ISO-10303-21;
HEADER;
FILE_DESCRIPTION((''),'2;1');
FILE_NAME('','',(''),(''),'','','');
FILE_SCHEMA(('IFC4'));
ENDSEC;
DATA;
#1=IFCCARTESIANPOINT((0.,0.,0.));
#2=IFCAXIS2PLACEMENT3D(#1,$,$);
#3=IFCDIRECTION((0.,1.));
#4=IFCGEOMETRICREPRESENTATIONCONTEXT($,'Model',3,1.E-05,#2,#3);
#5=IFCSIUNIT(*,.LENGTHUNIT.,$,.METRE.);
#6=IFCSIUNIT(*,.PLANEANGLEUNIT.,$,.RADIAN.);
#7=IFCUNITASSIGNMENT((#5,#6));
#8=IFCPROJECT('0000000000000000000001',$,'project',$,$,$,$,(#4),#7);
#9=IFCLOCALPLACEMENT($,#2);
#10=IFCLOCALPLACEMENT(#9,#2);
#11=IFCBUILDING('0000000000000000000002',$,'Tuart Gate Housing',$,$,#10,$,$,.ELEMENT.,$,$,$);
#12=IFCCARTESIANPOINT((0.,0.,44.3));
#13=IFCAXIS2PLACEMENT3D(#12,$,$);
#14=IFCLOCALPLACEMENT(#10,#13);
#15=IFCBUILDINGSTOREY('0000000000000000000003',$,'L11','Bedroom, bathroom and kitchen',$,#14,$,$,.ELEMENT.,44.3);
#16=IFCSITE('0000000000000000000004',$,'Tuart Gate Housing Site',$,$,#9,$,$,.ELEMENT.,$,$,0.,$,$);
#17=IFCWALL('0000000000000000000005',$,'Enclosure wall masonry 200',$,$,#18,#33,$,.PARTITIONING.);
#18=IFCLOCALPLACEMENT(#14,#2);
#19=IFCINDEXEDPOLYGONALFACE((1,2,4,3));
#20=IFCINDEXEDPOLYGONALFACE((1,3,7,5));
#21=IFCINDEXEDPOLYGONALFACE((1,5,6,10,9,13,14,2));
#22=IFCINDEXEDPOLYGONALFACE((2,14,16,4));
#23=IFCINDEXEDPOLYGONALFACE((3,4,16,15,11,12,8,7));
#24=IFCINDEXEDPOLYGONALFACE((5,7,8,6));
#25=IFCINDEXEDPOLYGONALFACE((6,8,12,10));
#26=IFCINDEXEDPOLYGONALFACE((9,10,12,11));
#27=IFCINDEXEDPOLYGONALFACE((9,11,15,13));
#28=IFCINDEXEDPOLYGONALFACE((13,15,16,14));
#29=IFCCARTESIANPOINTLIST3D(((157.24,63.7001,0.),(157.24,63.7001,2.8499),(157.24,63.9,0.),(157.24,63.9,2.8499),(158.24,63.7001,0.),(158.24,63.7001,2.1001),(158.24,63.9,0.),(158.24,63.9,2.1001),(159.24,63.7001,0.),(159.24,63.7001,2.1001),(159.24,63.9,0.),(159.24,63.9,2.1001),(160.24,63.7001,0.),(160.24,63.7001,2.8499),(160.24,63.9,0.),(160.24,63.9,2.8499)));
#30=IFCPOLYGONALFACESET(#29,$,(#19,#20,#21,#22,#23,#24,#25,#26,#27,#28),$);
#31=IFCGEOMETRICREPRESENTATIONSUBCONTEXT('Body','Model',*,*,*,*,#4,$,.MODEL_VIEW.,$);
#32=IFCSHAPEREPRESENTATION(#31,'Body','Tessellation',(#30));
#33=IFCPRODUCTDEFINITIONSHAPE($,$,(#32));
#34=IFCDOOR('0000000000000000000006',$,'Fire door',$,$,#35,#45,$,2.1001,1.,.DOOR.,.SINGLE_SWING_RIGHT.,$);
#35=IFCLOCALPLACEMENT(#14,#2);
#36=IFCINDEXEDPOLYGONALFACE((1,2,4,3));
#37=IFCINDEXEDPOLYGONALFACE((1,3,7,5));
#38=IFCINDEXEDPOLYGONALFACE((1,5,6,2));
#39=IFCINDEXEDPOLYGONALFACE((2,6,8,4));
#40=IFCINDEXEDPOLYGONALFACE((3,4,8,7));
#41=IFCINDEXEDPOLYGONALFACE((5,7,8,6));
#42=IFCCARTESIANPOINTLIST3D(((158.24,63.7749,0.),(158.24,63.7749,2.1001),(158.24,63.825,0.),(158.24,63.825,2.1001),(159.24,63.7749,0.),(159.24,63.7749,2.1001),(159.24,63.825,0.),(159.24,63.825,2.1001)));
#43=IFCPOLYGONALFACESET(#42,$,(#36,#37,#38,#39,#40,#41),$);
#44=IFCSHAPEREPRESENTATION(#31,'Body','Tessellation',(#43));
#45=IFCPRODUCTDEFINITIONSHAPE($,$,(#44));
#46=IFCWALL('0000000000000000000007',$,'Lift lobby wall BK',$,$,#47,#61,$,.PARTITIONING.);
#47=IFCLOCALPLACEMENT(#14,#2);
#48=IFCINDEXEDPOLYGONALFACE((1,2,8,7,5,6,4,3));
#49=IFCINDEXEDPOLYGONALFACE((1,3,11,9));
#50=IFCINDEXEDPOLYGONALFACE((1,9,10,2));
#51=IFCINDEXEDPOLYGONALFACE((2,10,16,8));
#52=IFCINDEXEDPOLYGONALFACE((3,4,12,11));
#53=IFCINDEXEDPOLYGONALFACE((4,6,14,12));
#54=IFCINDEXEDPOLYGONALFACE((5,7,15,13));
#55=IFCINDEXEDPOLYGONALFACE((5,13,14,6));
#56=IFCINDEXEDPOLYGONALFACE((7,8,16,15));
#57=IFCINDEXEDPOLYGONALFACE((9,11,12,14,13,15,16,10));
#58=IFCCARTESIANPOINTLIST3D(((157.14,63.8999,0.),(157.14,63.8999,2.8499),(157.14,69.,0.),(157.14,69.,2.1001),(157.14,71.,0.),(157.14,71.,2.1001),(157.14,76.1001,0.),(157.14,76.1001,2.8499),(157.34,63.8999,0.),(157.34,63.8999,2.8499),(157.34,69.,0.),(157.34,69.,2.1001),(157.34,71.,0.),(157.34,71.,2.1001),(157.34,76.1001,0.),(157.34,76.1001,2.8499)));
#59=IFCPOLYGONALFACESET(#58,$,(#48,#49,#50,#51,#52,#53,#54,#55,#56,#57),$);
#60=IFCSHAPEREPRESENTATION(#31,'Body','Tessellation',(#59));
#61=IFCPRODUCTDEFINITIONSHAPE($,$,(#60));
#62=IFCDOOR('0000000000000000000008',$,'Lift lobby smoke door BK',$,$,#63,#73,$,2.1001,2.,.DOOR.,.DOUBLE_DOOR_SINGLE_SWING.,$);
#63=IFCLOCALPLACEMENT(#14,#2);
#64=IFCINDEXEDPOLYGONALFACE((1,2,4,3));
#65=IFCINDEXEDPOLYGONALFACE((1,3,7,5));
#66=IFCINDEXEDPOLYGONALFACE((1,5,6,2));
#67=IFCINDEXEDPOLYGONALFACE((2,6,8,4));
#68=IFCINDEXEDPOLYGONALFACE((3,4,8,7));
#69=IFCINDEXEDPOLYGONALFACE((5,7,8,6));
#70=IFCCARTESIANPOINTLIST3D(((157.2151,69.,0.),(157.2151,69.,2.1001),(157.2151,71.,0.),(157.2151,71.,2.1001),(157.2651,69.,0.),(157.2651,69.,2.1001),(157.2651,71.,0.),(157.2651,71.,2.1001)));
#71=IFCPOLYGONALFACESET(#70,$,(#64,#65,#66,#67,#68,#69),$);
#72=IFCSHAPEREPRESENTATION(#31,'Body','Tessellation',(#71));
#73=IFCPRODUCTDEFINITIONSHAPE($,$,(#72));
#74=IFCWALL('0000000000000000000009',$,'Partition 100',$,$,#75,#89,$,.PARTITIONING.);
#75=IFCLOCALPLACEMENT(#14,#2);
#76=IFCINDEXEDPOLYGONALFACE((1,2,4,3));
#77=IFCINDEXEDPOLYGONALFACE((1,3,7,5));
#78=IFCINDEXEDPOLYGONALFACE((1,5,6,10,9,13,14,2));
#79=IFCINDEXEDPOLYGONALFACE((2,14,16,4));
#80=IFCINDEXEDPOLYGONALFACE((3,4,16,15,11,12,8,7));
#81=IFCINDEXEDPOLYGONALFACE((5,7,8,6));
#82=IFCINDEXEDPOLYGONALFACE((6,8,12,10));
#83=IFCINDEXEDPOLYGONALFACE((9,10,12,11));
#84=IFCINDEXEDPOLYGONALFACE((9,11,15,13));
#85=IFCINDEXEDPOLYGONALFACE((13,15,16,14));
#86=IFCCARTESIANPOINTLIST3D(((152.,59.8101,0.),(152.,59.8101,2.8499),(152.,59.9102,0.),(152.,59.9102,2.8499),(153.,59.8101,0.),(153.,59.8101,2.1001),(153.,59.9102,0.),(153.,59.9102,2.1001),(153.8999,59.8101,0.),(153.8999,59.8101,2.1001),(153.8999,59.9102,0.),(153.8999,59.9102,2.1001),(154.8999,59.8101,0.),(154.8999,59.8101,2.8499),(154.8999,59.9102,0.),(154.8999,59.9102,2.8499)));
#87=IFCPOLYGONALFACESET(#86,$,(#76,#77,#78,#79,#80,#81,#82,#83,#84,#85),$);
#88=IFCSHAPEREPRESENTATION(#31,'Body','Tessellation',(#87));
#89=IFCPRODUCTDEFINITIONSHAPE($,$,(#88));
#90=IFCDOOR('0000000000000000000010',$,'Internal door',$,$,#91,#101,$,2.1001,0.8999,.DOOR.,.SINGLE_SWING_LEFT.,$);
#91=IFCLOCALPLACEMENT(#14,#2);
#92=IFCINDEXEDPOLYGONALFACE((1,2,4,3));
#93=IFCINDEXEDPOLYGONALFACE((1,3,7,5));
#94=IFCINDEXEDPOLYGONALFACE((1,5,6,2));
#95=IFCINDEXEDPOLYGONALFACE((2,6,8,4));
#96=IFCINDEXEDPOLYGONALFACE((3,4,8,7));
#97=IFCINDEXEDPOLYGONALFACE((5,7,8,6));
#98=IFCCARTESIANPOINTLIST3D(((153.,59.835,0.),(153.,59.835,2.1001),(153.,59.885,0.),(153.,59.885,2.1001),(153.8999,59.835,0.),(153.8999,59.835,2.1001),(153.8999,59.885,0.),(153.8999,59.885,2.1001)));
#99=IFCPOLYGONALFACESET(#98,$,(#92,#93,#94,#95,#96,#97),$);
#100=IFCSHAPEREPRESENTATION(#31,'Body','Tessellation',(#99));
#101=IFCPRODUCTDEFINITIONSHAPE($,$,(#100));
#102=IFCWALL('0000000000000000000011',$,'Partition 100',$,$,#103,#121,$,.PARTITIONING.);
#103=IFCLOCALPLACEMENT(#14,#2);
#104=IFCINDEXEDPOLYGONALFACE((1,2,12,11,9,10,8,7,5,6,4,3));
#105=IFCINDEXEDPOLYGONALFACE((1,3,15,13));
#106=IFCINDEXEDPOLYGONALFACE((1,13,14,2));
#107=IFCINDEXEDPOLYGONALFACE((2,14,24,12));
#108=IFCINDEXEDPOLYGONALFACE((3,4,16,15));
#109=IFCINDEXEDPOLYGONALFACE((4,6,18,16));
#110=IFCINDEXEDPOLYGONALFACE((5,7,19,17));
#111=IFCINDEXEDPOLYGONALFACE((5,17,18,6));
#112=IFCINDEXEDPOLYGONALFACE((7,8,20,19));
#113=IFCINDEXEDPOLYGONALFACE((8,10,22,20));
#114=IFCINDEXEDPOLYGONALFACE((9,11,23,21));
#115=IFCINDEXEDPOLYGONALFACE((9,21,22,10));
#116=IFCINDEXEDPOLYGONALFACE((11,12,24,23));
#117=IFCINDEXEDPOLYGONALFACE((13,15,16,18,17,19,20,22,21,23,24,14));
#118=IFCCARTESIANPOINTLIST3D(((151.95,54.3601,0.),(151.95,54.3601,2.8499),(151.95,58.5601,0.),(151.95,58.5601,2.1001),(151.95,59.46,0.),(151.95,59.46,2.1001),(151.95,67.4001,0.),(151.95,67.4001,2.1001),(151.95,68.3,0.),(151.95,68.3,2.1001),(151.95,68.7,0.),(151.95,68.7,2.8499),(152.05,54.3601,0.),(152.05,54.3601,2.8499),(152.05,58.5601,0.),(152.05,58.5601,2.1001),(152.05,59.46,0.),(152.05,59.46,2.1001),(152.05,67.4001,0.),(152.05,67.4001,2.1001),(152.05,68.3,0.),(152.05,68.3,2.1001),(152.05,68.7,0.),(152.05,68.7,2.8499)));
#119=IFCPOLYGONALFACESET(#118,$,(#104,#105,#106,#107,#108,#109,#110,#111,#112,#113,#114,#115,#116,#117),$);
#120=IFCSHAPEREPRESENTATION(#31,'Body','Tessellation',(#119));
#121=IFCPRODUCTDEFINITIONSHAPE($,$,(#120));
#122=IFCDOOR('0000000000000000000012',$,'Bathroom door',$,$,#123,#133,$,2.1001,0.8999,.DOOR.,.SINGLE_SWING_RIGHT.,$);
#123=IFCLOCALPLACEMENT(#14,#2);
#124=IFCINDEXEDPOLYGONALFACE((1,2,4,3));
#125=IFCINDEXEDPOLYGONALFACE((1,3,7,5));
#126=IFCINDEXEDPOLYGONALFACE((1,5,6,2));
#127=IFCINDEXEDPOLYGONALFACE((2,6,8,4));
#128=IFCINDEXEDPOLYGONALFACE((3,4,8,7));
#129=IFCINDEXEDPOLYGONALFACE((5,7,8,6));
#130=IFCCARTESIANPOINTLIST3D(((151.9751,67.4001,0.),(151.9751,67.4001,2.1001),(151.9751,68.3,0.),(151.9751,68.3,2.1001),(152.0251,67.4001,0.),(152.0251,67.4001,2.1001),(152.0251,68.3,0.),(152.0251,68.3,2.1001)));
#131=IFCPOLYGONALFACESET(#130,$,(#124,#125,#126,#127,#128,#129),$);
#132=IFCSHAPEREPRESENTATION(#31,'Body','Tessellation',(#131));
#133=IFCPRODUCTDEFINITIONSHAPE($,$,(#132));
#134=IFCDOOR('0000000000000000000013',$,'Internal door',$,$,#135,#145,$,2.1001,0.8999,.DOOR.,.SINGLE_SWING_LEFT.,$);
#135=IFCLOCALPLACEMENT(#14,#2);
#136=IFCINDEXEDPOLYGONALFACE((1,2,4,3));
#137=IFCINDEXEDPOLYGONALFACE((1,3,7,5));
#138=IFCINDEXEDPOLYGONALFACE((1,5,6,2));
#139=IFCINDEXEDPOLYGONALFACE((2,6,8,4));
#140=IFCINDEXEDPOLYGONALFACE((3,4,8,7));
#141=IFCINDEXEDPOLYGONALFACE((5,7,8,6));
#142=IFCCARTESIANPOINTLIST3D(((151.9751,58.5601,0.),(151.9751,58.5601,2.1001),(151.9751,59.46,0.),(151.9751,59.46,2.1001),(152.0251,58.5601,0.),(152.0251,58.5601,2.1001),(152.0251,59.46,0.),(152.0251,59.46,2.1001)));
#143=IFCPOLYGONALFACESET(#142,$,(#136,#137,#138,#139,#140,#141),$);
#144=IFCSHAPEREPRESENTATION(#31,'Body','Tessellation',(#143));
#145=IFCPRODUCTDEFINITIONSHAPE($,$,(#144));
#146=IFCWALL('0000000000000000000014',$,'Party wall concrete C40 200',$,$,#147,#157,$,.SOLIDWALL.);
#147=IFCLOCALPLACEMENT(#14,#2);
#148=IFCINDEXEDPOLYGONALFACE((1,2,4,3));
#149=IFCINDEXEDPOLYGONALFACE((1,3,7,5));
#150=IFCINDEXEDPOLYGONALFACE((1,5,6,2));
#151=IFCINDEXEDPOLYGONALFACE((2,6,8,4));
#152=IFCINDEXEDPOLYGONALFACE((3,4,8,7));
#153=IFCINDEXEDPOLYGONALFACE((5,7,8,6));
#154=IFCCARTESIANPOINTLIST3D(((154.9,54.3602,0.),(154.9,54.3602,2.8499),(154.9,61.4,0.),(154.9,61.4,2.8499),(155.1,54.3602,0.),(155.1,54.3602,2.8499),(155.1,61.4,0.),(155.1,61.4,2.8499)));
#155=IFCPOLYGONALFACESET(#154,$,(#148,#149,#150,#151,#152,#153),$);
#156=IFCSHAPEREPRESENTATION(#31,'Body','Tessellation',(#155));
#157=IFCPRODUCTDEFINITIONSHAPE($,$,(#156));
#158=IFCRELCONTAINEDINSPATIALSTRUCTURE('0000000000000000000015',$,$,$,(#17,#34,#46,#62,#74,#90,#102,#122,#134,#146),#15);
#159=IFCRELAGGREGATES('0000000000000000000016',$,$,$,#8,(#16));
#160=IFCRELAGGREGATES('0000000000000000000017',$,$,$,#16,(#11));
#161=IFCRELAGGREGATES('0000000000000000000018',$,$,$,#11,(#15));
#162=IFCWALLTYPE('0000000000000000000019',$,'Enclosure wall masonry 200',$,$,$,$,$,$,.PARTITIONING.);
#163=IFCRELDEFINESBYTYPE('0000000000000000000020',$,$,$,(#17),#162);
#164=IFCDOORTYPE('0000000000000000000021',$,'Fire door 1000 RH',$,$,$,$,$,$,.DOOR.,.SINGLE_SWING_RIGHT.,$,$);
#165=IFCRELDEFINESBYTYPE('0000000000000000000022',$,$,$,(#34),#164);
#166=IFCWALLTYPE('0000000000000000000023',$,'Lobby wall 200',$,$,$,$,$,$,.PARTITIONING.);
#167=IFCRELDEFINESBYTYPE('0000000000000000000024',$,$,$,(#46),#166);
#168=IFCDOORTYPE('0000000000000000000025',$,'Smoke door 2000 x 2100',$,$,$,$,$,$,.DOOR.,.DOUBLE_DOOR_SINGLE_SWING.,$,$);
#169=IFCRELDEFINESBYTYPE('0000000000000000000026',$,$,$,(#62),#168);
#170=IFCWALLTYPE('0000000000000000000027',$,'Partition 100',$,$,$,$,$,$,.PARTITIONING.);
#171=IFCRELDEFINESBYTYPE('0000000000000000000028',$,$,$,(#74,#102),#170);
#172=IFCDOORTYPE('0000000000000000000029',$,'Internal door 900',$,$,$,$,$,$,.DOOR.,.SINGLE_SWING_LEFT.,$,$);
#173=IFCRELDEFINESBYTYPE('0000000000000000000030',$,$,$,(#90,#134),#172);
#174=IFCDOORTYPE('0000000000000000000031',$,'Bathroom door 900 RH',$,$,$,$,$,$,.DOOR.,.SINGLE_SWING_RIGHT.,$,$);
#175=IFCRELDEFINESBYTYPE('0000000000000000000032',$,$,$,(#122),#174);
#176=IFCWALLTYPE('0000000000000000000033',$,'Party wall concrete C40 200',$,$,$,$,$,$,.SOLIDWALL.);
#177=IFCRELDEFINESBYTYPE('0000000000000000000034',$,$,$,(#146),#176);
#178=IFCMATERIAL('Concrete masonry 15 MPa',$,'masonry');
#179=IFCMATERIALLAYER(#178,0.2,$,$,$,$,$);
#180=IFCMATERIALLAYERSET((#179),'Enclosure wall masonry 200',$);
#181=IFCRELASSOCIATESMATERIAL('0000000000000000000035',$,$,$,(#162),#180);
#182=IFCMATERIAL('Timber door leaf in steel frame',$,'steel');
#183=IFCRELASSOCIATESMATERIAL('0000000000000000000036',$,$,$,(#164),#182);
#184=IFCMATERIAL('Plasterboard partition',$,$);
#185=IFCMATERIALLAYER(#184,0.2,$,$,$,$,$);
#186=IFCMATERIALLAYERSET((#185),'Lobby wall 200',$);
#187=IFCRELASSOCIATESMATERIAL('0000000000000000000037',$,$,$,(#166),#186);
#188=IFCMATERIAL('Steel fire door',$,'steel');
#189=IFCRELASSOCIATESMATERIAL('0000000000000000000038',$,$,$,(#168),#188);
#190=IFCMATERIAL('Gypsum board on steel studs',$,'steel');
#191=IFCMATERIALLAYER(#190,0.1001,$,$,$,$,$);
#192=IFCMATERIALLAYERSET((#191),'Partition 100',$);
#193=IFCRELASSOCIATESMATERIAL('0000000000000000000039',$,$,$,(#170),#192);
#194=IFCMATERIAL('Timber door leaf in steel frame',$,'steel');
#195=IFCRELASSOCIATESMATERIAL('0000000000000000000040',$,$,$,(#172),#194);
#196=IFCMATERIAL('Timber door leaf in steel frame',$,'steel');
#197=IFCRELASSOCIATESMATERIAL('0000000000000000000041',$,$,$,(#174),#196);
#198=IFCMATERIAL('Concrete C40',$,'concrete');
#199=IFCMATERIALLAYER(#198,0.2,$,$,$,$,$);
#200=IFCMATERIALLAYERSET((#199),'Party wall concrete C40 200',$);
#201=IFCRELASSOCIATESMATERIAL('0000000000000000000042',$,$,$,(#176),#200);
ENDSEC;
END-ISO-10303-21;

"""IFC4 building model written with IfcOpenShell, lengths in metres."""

from ifc_helpers import new_model, si_unit, direction, frame, frame_2d, origin, place, context, subcontext, project, spatial, rectangle, extrude, material, layer, layer_set, type_object, element, fill, save


model = new_model("IFC4")

# Units and contexts
model_context = context("Model", 3, precision=1e-05, world=origin(), true_north=direction((0.0, 1.0)))
body_context = subcontext(model_context, "Body", "Model", "MODEL_VIEW")
ifc_project = project(units=[si_unit("LENGTHUNIT", "METRE"), si_unit("PLANEANGLEUNIT", "RADIAN")], contexts=[model_context])

# Site, building, storey
site_placement = place(None, origin())
site = spatial("IfcSite", under=ifc_project, at=site_placement, Name="Tuart Gate Housing Site", CompositionType="ELEMENT", RefElevation=0.0)
building_placement = place(site_placement, origin())
building = spatial("IfcBuilding", under=site, at=building_placement, Name="Tuart Gate Housing", CompositionType="ELEMENT")
storey_placement = place(building_placement, frame((0.0, 0.0, 44.3)))
storey = spatial("IfcBuildingStorey", under=building, at=storey_placement, Name="L11", Description="Bedroom, bathroom and kitchen", CompositionType="ELEMENT", Elevation=44.3)

# Walls, openings, doors
ifc_material_1 = material(Name="Concrete masonry 15 MPa", Category="masonry")
ifc_layer_1 = layer(ifc_material_1, 0.2)
ifc_layer_set_1 = layer_set([ifc_layer_1], Name="Enclosure wall masonry 200")
wall_type_1 = type_object("IfcWallType", Name="Enclosure wall masonry 200", PredefinedType="PARTITIONING", material=ifc_layer_set_1)
wall_1_placement = place(storey_placement, frame((157.24, 63.8, 0.0), z_axis=(0.0, 0.0, 1.0), x_axis=(1.0, 0.0, 0.0)))
wall_1 = element("IfcWall", 1, at=wall_1_placement, inside=storey, type_object=wall_type_1, Name="Enclosure wall masonry 200", PredefinedType="PARTITIONING", context=body_context, shape_type="SweptSolid", body=[
    extrude(rectangle(XDim=3.0, YDim=0.2, at=frame_2d((1.5, 0.0))), origin(), (0.0, 0.0, 1.0), 2.8499),
])
opening_1_placement = place(wall_1_placement, frame((1.0, 0.0, 0.0)))
opening_1 = element("IfcOpeningElement", 2, at=opening_1_placement, cuts=wall_1, PredefinedType="OPENING", context=body_context, shape_type="SweptSolid", body=[
    extrude(rectangle(XDim=1.0, YDim=2.1001, at=frame_2d((0.5, 1.05))), frame((0.0, 0.1099, 0.0), z_axis=(0.0, -1.0, 0.0), x_axis=(1.0, 0.0, 0.0)), (0.0, 0.0, 1.0), 0.22),
])
ifc_material_2 = material(Name="Timber door leaf in steel frame", Category="steel")
door_type_1 = type_object("IfcDoorType", Name="Fire door 1000 RH", OperationType="SINGLE_SWING_RIGHT", PredefinedType="DOOR", material=ifc_material_2)
door_1_placement = place(opening_1_placement, frame((1.0, 0.0, 0.0), z_axis=(0.0, 0.0, 1.0), x_axis=(-1.0, 0.0, 0.0)))
door_1 = element("IfcDoor", 3, at=door_1_placement, inside=storey, type_object=door_type_1, Name="Fire door", OperationType="SINGLE_SWING_RIGHT", OverallHeight=2.1001, OverallWidth=1.0, PredefinedType="DOOR", context=body_context, shape_type="SweptSolid", body=[
    extrude(rectangle(XDim=1.0, YDim=2.1001, at=frame_2d((0.5, 1.05))), frame((0.0, 0.0251, 0.0), z_axis=(0.0, -1.0, 0.0), x_axis=(1.0, 0.0, 0.0)), (0.0, 0.0, 1.0), 0.05),
])
fill(opening_1, door_1)
ifc_material_3 = material(Name="Plasterboard partition")
ifc_layer_2 = layer(ifc_material_3, 0.2)
ifc_layer_set_2 = layer_set([ifc_layer_2], Name="Lobby wall 200")
wall_type_2 = type_object("IfcWallType", Name="Lobby wall 200", PredefinedType="PARTITIONING", material=ifc_layer_set_2)
wall_2_placement = place(storey_placement, frame((157.24, 63.8999, 0.0), z_axis=(0.0, 0.0, 1.0), x_axis=(0.0, 1.0, 0.0)))
wall_2 = element("IfcWall", 4, at=wall_2_placement, inside=storey, type_object=wall_type_2, Name="Lift lobby wall BK", PredefinedType="PARTITIONING", context=body_context, shape_type="SweptSolid", body=[
    extrude(rectangle(XDim=12.2002, YDim=0.2, at=frame_2d((6.1001, 0.0))), origin(), (0.0, 0.0, 1.0), 2.8499),
])
opening_2_placement = place(wall_2_placement, frame((5.1001, 0.0, 0.0)))
opening_2 = element("IfcOpeningElement", 5, at=opening_2_placement, cuts=wall_2, PredefinedType="OPENING", context=body_context, shape_type="SweptSolid", body=[
    extrude(rectangle(XDim=2.0, YDim=2.1001, at=frame_2d((1.0, 1.05))), frame((0.0, 0.1099, 0.0), z_axis=(0.0, -1.0, 0.0), x_axis=(1.0, 0.0, 0.0)), (0.0, 0.0, 1.0), 0.22),
])
ifc_material_4 = material(Name="Steel fire door", Category="steel")
door_type_2 = type_object("IfcDoorType", Name="Smoke door 2000 x 2100", OperationType="DOUBLE_DOOR_SINGLE_SWING", PredefinedType="DOOR", material=ifc_material_4)
door_2_placement = place(opening_2_placement, frame((2.0, 0.0, 0.0), z_axis=(0.0, 0.0, 1.0), x_axis=(-1.0, 0.0, 0.0)))
door_2 = element("IfcDoor", 6, at=door_2_placement, inside=storey, type_object=door_type_2, Name="Lift lobby smoke door BK", OperationType="DOUBLE_DOOR_SINGLE_SWING", OverallHeight=2.1001, OverallWidth=2.0, PredefinedType="DOOR", context=body_context, shape_type="SweptSolid", body=[
    extrude(rectangle(XDim=2.0, YDim=2.1001, at=frame_2d((1.0, 1.05))), frame((0.0, 0.0251, 0.0), z_axis=(0.0, -1.0, 0.0), x_axis=(1.0, 0.0, 0.0)), (0.0, 0.0, 1.0), 0.05),
])
fill(opening_2, door_2)
ifc_material_5 = material(Name="Gypsum board on steel studs", Category="steel")
ifc_layer_3 = layer(ifc_material_5, 0.1001)
ifc_layer_set_3 = layer_set([ifc_layer_3], Name="Partition 100")
wall_type_3 = type_object("IfcWallType", Name="Partition 100", PredefinedType="PARTITIONING", material=ifc_layer_set_3)
wall_3_placement = place(storey_placement, frame((152.0, 59.8601, 0.0), z_axis=(0.0, 0.0, 1.0), x_axis=(1.0, 0.0, 0.0)))
wall_3 = element("IfcWall", 7, at=wall_3_placement, inside=storey, type_object=wall_type_3, Name="Partition 100", PredefinedType="PARTITIONING", context=body_context, shape_type="SweptSolid", body=[
    extrude(rectangle(XDim=2.8999, YDim=0.1001, at=frame_2d((1.45, 0.0))), origin(), (0.0, 0.0, 1.0), 2.8499),
])
opening_3_placement = place(wall_3_placement, frame((1.0, 0.0, 0.0)))
opening_3 = element("IfcOpeningElement", 8, at=opening_3_placement, cuts=wall_3, PredefinedType="OPENING", context=body_context, shape_type="SweptSolid", body=[
    extrude(rectangle(XDim=0.8999, YDim=2.1001, at=frame_2d((0.45, 1.05))), frame((0.0, 0.0601, 0.0), z_axis=(0.0, -1.0, 0.0), x_axis=(1.0, 0.0, 0.0)), (0.0, 0.0, 1.0), 0.1201),
])
ifc_material_6 = material(Name="Timber door leaf in steel frame", Category="steel")
door_type_3 = type_object("IfcDoorType", Name="Internal door 900", OperationType="SINGLE_SWING_LEFT", PredefinedType="DOOR", material=ifc_material_6)
door_3_placement = place(opening_3_placement, origin())
door_3 = element("IfcDoor", 9, at=door_3_placement, inside=storey, type_object=door_type_3, Name="Internal door", OperationType="SINGLE_SWING_LEFT", OverallHeight=2.1001, OverallWidth=0.8999, PredefinedType="DOOR", context=body_context, shape_type="SweptSolid", body=[
    extrude(rectangle(XDim=0.8999, YDim=2.1001, at=frame_2d((0.45, 1.05))), frame((0.0, 0.0249, 0.0), z_axis=(0.0, -1.0, 0.0), x_axis=(1.0, 0.0, 0.0)), (0.0, 0.0, 1.0), 0.05),
])
fill(opening_3, door_3)

# Wall, openings, doors
wall_4_placement = place(storey_placement, frame((152.0, 54.3601, 0.0), z_axis=(0.0, 0.0, 1.0), x_axis=(0.0, 1.0, 0.0)))
wall_4 = element("IfcWall", 10, at=wall_4_placement, inside=storey, type_object=wall_type_3, Name="Partition 100", PredefinedType="PARTITIONING", context=body_context, shape_type="SweptSolid", body=[
    extrude(rectangle(XDim=14.3398, YDim=0.1001, at=frame_2d((7.1699, 0.0))), origin(), (0.0, 0.0, 1.0), 2.8499),
])
opening_4_placement = place(wall_4_placement, frame((4.2, 0.0, 0.0)))
opening_4 = element("IfcOpeningElement", 11, at=opening_4_placement, cuts=wall_4, PredefinedType="OPENING", context=body_context, shape_type="SweptSolid", body=[
    extrude(rectangle(XDim=0.8999, YDim=2.1001, at=frame_2d((0.45, 1.05))), frame((0.0, 0.0601, 0.0), z_axis=(0.0, -1.0, 0.0), x_axis=(1.0, 0.0, 0.0)), (0.0, 0.0, 1.0), 0.1201),
])
opening_5_placement = place(wall_4_placement, frame((13.04, 0.0, 0.0)))
opening_5 = element("IfcOpeningElement", 12, at=opening_5_placement, cuts=wall_4, PredefinedType="OPENING", context=body_context, shape_type="SweptSolid", body=[
    extrude(rectangle(XDim=0.8999, YDim=2.1001, at=frame_2d((0.45, 1.05))), frame((0.0, 0.0601, 0.0), z_axis=(0.0, -1.0, 0.0), x_axis=(1.0, 0.0, 0.0)), (0.0, 0.0, 1.0), 0.1201),
])
ifc_material_7 = material(Name="Timber door leaf in steel frame", Category="steel")
door_type_4 = type_object("IfcDoorType", Name="Bathroom door 900 RH", OperationType="SINGLE_SWING_RIGHT", PredefinedType="DOOR", material=ifc_material_7)
door_4_placement = place(opening_5_placement, origin())
door_4 = element("IfcDoor", 13, at=door_4_placement, inside=storey, type_object=door_type_4, Name="Bathroom door", OperationType="SINGLE_SWING_RIGHT", OverallHeight=2.1001, OverallWidth=0.8999, PredefinedType="DOOR", context=body_context, shape_type="SweptSolid", body=[
    extrude(rectangle(XDim=0.8999, YDim=2.1001, at=frame_2d((0.45, 1.05))), frame((0.0, 0.0249, 0.0), z_axis=(0.0, -1.0, 0.0), x_axis=(1.0, 0.0, 0.0)), (0.0, 0.0, 1.0), 0.05),
])
fill(opening_5, door_4)
door_5_placement = place(opening_4_placement, origin())
door_5 = element("IfcDoor", 14, at=door_5_placement, inside=storey, type_object=door_type_3, Name="Internal door", OperationType="SINGLE_SWING_LEFT", OverallHeight=2.1001, OverallWidth=0.8999, PredefinedType="DOOR", context=body_context, shape_type="SweptSolid", body=[
    extrude(rectangle(XDim=0.8999, YDim=2.1001, at=frame_2d((0.45, 1.05))), frame((0.0, 0.0249, 0.0), z_axis=(0.0, -1.0, 0.0), x_axis=(1.0, 0.0, 0.0)), (0.0, 0.0, 1.0), 0.05),
])
fill(opening_4, door_5)

# Wall
ifc_material_8 = material(Name="Concrete C40", Category="concrete")
ifc_layer_4 = layer(ifc_material_8, 0.2)
ifc_layer_set_4 = layer_set([ifc_layer_4], Name="Party wall concrete C40 200")
wall_type_4 = type_object("IfcWallType", Name="Party wall concrete C40 200", PredefinedType="SOLIDWALL", material=ifc_layer_set_4)
wall_5_placement = place(storey_placement, frame((155.0, 54.3601, 0.0), z_axis=(0.0, 0.0, 1.0), x_axis=(0.0, 1.0, 0.0)))
element("IfcWall", 15, at=wall_5_placement, inside=storey, type_object=wall_type_4, Name="Party wall concrete C40 200", PredefinedType="SOLIDWALL", context=body_context, shape_type="SweptSolid", body=[
    extrude(rectangle(XDim=7.0398, YDim=0.2, at=frame_2d((3.52, 0.0))), origin(), (0.0, 0.0, 1.0), 2.8499),
])

save(model, "model.ifc")
